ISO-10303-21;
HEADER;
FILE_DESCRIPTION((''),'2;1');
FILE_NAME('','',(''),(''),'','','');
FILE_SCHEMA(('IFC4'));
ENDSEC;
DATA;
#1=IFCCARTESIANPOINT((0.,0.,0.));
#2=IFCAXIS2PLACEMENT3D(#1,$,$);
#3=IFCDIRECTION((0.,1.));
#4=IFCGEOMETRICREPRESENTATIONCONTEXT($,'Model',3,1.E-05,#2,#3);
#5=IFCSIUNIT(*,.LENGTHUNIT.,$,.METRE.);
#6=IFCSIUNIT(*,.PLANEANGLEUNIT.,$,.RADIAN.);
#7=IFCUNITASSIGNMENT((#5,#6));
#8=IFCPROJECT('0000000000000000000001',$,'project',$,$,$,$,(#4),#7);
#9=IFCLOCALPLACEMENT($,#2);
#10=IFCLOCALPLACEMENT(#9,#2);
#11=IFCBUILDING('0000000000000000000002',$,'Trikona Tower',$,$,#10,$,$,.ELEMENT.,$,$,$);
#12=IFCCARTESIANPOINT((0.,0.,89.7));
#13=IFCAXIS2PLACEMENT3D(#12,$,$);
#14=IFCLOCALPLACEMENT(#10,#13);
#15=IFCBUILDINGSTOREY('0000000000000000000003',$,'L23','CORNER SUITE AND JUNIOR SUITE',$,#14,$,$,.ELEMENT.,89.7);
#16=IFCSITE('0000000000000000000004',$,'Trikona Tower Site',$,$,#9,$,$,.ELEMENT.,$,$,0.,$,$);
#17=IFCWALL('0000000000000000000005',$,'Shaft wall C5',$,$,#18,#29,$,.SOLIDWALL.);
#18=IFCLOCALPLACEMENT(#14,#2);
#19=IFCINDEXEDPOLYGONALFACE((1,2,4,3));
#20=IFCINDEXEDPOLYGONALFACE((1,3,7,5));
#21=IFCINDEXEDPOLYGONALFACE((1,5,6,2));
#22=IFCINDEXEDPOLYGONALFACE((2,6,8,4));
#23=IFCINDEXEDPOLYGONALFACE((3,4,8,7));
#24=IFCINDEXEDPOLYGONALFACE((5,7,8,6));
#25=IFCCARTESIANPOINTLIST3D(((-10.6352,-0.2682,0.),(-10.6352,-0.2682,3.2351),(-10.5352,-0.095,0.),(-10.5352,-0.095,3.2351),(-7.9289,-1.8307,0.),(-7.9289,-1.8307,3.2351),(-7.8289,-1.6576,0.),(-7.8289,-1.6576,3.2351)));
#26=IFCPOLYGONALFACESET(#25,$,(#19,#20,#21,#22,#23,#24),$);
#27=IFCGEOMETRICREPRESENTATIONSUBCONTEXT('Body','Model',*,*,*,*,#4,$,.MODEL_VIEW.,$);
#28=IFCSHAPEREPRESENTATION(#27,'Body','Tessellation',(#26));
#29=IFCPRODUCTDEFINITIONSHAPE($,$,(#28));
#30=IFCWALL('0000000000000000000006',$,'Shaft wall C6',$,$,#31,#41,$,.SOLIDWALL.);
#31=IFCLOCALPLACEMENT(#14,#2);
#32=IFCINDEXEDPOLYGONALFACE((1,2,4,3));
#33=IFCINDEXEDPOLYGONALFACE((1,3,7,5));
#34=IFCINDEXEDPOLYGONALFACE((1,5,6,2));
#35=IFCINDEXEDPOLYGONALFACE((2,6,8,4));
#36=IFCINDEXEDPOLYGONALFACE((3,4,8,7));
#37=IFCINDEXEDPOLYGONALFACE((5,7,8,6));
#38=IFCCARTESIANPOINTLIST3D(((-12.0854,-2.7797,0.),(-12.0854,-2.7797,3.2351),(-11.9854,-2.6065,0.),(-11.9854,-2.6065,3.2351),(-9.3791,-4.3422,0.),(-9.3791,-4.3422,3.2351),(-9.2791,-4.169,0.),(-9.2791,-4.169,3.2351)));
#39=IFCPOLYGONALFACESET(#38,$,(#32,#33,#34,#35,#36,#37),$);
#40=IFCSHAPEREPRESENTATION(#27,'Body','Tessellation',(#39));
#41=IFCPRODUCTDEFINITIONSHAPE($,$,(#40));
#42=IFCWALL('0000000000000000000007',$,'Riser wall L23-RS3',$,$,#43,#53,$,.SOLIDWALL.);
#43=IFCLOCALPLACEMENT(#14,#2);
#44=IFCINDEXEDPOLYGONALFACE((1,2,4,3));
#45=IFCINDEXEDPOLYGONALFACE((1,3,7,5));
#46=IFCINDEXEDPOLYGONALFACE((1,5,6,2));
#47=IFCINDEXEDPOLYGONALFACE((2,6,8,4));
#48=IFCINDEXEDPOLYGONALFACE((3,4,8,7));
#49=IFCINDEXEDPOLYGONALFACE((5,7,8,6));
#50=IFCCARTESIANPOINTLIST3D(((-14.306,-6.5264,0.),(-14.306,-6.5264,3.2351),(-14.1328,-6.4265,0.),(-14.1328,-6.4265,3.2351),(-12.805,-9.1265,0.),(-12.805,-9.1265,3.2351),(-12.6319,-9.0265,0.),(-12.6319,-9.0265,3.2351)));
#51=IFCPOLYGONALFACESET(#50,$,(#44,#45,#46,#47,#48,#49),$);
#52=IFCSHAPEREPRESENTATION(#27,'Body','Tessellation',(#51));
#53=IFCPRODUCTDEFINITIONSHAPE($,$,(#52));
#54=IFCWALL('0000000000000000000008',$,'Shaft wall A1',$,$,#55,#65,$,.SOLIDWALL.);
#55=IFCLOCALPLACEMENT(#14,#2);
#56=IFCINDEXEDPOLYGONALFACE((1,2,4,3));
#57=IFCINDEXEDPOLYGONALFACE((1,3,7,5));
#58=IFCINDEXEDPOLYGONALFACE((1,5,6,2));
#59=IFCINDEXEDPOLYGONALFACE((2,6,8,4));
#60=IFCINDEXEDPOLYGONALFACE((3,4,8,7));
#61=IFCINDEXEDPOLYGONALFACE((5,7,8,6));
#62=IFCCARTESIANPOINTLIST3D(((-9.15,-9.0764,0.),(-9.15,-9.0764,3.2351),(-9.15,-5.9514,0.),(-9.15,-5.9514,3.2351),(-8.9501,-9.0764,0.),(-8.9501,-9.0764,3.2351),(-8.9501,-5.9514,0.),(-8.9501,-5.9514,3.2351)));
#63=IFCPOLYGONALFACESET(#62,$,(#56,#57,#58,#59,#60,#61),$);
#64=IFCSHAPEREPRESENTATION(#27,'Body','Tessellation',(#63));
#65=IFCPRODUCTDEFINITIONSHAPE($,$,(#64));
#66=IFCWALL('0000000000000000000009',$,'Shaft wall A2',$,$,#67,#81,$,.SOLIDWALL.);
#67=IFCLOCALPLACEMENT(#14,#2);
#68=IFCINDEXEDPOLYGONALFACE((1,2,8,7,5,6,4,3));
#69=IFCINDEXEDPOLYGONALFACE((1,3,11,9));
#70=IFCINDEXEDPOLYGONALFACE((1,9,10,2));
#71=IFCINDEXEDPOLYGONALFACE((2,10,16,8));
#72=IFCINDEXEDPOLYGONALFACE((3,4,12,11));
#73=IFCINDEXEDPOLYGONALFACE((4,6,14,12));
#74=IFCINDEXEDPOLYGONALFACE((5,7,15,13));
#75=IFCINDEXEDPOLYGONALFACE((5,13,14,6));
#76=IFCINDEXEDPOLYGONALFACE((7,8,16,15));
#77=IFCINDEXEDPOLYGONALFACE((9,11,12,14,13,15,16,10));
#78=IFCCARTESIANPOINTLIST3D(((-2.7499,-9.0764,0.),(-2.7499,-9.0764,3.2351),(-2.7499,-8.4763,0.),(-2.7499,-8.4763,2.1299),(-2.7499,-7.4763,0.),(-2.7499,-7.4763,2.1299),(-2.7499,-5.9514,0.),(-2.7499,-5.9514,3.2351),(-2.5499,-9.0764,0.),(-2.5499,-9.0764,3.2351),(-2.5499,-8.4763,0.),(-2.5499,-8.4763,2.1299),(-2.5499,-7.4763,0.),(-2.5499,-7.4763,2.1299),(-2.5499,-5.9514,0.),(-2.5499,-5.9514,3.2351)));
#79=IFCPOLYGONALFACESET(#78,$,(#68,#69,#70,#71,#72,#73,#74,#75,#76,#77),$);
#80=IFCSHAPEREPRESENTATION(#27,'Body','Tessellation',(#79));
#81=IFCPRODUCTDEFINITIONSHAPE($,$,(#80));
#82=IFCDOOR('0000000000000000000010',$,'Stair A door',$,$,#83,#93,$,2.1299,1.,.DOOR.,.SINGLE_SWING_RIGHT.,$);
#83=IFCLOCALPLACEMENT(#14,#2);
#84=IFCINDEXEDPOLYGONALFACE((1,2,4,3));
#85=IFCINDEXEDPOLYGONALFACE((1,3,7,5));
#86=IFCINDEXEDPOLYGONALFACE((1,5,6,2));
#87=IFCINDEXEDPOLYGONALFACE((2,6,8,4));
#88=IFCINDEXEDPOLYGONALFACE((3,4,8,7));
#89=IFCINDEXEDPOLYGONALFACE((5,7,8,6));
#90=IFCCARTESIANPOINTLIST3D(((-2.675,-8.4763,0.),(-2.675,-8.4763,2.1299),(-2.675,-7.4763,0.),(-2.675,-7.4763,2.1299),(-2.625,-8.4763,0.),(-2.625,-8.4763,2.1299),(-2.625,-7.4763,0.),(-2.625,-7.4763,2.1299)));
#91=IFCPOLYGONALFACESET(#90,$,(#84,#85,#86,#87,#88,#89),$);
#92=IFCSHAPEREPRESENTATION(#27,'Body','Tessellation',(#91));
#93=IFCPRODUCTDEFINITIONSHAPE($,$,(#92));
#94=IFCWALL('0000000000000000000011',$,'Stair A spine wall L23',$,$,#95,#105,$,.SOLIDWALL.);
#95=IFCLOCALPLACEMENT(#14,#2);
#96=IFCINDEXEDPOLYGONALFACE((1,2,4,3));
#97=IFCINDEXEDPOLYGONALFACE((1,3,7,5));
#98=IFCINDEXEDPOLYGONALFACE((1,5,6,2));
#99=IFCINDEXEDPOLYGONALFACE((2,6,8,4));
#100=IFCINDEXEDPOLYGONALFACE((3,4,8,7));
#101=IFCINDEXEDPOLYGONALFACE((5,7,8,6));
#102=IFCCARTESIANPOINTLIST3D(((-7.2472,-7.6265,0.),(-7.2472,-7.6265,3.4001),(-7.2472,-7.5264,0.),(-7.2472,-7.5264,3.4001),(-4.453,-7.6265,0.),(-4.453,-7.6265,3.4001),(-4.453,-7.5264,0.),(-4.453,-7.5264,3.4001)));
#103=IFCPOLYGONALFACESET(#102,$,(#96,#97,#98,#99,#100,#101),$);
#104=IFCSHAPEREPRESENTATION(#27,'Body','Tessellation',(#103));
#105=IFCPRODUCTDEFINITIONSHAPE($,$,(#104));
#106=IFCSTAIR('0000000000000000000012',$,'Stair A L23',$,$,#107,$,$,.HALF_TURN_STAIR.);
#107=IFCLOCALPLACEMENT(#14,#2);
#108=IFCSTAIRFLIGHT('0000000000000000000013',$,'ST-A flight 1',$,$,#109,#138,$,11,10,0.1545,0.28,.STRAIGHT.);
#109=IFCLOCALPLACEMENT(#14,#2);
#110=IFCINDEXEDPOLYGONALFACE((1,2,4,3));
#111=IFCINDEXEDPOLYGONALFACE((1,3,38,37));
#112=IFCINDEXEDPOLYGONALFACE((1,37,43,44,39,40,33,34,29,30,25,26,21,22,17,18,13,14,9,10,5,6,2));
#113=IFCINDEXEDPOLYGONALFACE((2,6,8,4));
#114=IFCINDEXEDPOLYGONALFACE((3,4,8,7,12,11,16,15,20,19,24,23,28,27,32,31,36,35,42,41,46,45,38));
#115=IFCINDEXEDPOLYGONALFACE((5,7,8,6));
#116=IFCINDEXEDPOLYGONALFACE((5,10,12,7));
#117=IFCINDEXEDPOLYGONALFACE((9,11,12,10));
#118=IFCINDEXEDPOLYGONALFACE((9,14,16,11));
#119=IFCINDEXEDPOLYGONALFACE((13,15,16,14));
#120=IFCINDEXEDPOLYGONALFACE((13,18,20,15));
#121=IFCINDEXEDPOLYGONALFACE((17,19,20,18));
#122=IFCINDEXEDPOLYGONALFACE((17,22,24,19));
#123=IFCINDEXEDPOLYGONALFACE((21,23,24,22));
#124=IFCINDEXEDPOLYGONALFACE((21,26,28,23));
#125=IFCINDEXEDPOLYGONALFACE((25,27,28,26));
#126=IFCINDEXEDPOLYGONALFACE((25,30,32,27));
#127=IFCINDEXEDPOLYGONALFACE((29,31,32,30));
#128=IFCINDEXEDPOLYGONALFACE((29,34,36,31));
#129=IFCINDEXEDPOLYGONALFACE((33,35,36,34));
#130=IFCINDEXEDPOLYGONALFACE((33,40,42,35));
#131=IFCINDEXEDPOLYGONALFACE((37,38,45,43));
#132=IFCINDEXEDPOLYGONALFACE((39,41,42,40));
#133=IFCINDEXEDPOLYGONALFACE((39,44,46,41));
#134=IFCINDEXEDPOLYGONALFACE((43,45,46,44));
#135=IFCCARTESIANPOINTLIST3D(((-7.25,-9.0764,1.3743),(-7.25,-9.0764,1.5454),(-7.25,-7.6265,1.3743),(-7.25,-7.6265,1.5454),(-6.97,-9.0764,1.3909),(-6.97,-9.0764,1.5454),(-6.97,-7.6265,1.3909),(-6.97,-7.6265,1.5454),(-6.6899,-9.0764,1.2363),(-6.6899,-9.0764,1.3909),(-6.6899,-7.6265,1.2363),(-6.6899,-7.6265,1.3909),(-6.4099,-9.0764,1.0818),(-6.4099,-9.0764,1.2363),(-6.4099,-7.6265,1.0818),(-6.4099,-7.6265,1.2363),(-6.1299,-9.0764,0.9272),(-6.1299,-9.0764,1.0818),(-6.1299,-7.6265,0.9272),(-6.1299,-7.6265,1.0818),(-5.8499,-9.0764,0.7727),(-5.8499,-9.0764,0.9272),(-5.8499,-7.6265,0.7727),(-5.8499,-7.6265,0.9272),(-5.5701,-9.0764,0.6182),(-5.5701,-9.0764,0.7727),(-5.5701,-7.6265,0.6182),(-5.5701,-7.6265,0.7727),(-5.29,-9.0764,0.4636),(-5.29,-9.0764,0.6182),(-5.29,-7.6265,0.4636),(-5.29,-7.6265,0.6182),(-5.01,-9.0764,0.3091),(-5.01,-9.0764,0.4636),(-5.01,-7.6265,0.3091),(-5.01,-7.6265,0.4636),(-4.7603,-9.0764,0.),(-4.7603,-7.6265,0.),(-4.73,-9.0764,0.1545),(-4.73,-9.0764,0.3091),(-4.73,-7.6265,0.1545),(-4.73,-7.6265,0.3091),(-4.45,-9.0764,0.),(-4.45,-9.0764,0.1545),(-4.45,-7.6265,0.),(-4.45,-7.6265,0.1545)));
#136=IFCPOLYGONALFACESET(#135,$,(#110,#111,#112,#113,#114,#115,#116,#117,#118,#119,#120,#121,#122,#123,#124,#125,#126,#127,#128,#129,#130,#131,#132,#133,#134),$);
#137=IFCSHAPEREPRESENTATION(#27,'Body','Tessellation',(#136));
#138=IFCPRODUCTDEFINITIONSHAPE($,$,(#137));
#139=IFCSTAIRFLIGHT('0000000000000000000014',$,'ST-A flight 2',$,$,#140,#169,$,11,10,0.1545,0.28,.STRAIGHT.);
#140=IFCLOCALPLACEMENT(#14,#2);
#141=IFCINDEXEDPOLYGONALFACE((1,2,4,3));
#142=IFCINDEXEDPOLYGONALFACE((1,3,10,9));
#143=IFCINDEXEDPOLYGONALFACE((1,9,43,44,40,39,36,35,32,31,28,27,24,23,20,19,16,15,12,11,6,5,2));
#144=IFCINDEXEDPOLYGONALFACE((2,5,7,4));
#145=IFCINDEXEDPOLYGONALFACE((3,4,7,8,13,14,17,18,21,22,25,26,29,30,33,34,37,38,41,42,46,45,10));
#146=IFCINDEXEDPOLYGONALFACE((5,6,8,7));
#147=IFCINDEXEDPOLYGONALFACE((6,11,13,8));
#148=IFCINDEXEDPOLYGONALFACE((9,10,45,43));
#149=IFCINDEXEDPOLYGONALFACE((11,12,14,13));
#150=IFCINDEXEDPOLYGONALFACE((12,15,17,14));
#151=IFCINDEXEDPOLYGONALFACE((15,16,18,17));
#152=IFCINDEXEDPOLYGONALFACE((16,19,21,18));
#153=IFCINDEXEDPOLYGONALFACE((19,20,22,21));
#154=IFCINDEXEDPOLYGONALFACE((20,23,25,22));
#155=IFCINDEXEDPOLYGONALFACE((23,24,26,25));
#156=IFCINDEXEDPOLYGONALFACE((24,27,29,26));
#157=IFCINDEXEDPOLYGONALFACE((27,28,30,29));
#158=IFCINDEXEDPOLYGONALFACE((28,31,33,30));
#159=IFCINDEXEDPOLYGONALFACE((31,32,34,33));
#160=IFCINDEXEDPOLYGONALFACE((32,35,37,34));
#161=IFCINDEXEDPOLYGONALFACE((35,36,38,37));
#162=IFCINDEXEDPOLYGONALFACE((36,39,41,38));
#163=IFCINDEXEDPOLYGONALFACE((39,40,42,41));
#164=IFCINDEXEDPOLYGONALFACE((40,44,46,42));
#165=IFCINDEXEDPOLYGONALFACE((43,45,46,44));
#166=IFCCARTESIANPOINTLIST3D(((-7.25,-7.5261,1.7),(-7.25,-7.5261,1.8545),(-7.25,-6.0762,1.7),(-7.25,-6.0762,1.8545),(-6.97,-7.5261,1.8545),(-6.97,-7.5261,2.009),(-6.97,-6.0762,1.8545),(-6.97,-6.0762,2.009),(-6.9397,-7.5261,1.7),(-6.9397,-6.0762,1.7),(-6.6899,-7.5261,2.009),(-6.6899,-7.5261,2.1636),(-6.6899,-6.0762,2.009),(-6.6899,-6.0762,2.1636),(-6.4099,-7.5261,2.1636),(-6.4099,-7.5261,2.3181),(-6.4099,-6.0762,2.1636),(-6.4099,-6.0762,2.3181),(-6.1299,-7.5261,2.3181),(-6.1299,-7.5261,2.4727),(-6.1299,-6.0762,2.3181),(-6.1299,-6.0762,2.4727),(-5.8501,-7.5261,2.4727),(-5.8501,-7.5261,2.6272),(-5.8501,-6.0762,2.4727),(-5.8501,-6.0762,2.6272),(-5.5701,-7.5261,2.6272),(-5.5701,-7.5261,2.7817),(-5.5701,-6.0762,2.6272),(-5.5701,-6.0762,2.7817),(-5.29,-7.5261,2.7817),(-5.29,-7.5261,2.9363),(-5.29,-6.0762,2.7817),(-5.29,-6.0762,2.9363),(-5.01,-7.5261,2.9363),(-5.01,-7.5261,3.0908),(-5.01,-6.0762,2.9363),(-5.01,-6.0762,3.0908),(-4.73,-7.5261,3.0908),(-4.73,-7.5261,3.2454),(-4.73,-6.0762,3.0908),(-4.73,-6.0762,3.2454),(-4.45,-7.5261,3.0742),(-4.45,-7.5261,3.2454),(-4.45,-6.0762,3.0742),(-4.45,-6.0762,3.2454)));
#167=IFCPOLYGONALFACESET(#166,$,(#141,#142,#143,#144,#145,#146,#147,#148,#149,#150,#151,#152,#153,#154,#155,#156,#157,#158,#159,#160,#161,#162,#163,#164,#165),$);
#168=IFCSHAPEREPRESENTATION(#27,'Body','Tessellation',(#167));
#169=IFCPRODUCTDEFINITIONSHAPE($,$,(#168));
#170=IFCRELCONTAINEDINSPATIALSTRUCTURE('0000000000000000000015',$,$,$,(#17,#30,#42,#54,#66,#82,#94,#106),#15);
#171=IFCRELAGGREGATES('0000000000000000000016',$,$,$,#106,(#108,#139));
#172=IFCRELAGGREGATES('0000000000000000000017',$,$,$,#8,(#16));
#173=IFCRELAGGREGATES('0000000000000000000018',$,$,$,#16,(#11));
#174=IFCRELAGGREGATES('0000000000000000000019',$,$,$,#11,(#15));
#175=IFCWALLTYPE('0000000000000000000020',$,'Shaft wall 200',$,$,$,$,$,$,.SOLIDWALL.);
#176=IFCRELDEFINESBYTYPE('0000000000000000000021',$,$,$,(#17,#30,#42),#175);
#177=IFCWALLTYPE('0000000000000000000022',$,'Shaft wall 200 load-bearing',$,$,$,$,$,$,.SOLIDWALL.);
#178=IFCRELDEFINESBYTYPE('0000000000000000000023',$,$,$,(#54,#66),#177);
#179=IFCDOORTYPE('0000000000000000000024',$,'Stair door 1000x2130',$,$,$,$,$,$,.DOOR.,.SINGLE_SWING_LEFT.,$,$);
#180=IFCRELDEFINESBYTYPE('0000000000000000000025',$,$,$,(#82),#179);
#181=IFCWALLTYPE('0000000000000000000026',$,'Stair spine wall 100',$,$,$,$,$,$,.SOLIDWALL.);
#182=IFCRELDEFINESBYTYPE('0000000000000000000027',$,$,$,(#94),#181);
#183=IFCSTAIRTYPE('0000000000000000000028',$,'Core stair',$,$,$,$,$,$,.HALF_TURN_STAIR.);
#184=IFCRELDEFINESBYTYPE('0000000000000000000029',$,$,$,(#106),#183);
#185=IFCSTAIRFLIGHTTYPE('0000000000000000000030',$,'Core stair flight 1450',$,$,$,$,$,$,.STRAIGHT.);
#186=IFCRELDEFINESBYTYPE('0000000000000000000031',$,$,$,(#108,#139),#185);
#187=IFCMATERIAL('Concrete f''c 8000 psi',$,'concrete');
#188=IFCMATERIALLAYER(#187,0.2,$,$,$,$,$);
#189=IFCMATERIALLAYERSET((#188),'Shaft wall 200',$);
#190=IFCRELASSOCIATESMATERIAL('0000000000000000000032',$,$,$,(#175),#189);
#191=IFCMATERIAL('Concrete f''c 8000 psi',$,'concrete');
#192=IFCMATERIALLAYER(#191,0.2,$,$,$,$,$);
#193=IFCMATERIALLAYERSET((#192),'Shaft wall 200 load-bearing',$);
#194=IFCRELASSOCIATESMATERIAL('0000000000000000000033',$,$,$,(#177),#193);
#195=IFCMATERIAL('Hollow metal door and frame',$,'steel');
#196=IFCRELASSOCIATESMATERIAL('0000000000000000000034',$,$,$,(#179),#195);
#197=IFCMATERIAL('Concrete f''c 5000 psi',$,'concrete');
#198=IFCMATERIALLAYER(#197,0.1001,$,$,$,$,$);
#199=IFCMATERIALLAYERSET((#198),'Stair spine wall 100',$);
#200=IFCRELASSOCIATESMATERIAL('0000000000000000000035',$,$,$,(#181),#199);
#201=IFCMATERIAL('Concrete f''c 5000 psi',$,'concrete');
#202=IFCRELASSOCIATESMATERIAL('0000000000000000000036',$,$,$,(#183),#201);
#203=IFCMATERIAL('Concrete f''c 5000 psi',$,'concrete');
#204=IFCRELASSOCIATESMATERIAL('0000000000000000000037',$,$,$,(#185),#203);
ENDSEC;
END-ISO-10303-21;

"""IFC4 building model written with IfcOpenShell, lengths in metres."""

from ifc_helpers import new_model, si_unit, direction, frame, frame_2d, origin, place, context, subcontext, project, spatial, polyline, rectangle, outline, extrude, material, layer, layer_set, type_object, element, fill, aggregate, save


model = new_model("IFC4")

# Units and contexts
model_context = context("Model", 3, precision=1e-05, world=origin(), true_north=direction((0.0, 1.0)))
body_context = subcontext(model_context, "Body", "Model", "MODEL_VIEW")
ifc_project = project(units=[si_unit("LENGTHUNIT", "METRE"), si_unit("PLANEANGLEUNIT", "RADIAN")], contexts=[model_context])

# Site, building, storey
site_placement = place(None, origin())
site = spatial("IfcSite", under=ifc_project, at=site_placement, Name="Trikona Tower Site", CompositionType="ELEMENT", RefElevation=0.0)
building_placement = place(site_placement, origin())
building = spatial("IfcBuilding", under=site, at=building_placement, Name="Trikona Tower", CompositionType="ELEMENT")
storey_placement = place(building_placement, frame((0.0, 0.0, 89.7)))
storey = spatial("IfcBuildingStorey", under=building, at=storey_placement, Name="L23", Description="CORNER SUITE AND JUNIOR SUITE", CompositionType="ELEMENT", Elevation=89.7)

# Walls
ifc_material_1 = material(Name="Concrete f'c 8000 psi", Category="concrete")
ifc_layer_1 = layer(ifc_material_1, 0.2)
ifc_layer_set_1 = layer_set([ifc_layer_1], Name="Shaft wall 200")
wall_type_1 = type_object("IfcWallType", Name="Shaft wall 200", PredefinedType="SOLIDWALL", material=ifc_layer_set_1)
for number, where, z_axis, x_axis, name in (
    (1, (-7.8789, -1.7441, 0.0), (0.0, 0.0, 1.0), (-0.866023, 0.500004, 0.0), "Shaft wall C5"),
    (2, (-9.3291, -4.2556, 0.0), (0.0, 0.0, 1.0), (-0.866023, 0.500004, 0.0), "Shaft wall C6"),
):
    element("IfcWall", number, at=place(storey_placement, frame(where, z_axis=z_axis, x_axis=x_axis)), inside=storey, type_object=wall_type_1, Name=name, PredefinedType="SOLIDWALL", context=body_context, shape_type="SweptSolid", body=[
        extrude(rectangle(XDim=3.125, YDim=0.2, at=frame_2d((1.5625, 0.0))), origin(), (0.0, 0.0, 1.0), 3.2351),
    ])
wall_1_placement = place(storey_placement, frame((-12.7185, -9.0764, 0.0), z_axis=(0.0, 0.0, 1.0), x_axis=(-0.499952, 0.866053, 0.0)))
element("IfcWall", 3, at=wall_1_placement, inside=storey, type_object=wall_type_1, Name="Riser wall L23-RS3", PredefinedType="SOLIDWALL", context=body_context, shape_type="SweptSolid", body=[
    extrude(rectangle(XDim=3.0022, YDim=0.2, at=frame_2d((1.501, 0.0))), origin(), (0.0, 0.0, 1.0), 3.2351),
])
ifc_material_2 = material(Name="Concrete f'c 8000 psi", Category="concrete")
ifc_layer_2 = layer(ifc_material_2, 0.2)
ifc_layer_set_2 = layer_set([ifc_layer_2], Name="Shaft wall 200 load-bearing")
wall_type_2 = type_object("IfcWallType", Name="Shaft wall 200 load-bearing", PredefinedType="SOLIDWALL", material=ifc_layer_set_2)
wall_2_placement = place(storey_placement, frame((-9.05, -5.9514, 0.0), z_axis=(0.0, 0.0, 1.0), x_axis=(0.0, -1.0, 0.0)))
element("IfcWall", 4, at=wall_2_placement, inside=storey, type_object=wall_type_2, Name="Shaft wall A1", PredefinedType="SOLIDWALL", context=body_context, shape_type="SweptSolid", body=[
    extrude(rectangle(XDim=3.125, YDim=0.2, at=frame_2d((1.5625, 0.0))), origin(), (0.0, 0.0, 1.0), 3.2351),
])

# Wall, opening, door
wall_3_placement = place(storey_placement, frame((-2.6499, -5.9514, 0.0), z_axis=(0.0, 0.0, 1.0), x_axis=(0.0, -1.0, 0.0)))
wall_3 = element("IfcWall", 5, at=wall_3_placement, inside=storey, type_object=wall_type_2, Name="Shaft wall A2", PredefinedType="SOLIDWALL", context=body_context, shape_type="SweptSolid", body=[
    extrude(rectangle(XDim=3.125, YDim=0.2, at=frame_2d((1.5625, 0.0))), origin(), (0.0, 0.0, 1.0), 3.2351),
])
opening_1_placement = place(wall_3_placement, frame((1.5249, 0.0, 0.0)))
opening_1 = element("IfcOpeningElement", 6, at=opening_1_placement, cuts=wall_3, PredefinedType="OPENING", context=body_context, shape_type="SweptSolid", body=[
    extrude(rectangle(XDim=1.0, YDim=2.1299, at=frame_2d((0.5, 1.0649))), frame((0.0, 0.1099, 0.0), z_axis=(0.0, -1.0, 0.0), x_axis=(1.0, 0.0, 0.0)), (0.0, 0.0, 1.0), 0.22),
])
ifc_material_3 = material(Name="Hollow metal door and frame", Category="steel")
door_type_1 = type_object("IfcDoorType", Name="Stair door 1000x2130", OperationType="SINGLE_SWING_LEFT", PredefinedType="DOOR", material=ifc_material_3)
door_1_placement = place(opening_1_placement, origin())
door_1 = element("IfcDoor", 7, at=door_1_placement, inside=storey, type_object=door_type_1, Name="Stair A door", OperationType="SINGLE_SWING_RIGHT", OverallHeight=2.1299, OverallWidth=1.0, PredefinedType="DOOR", context=body_context, shape_type="SweptSolid", body=[
    extrude(rectangle(XDim=1.0, YDim=2.1299, at=frame_2d((0.5, 1.0649))), frame((0.0, 0.0249, 0.0), z_axis=(0.0, -1.0, 0.0), x_axis=(1.0, 0.0, 0.0)), (0.0, 0.0, 1.0), 0.05),
])
fill(opening_1, door_1)

# Wall
ifc_material_4 = material(Name="Concrete f'c 5000 psi", Category="concrete")
ifc_layer_3 = layer(ifc_material_4, 0.1001)
ifc_layer_set_3 = layer_set([ifc_layer_3], Name="Stair spine wall 100")
wall_type_3 = type_object("IfcWallType", Name="Stair spine wall 100", PredefinedType="SOLIDWALL", material=ifc_layer_set_3)
wall_4_placement = place(storey_placement, frame((-7.2471, -7.5764, 0.0), z_axis=(0.0, 0.0, 1.0), x_axis=(1.0, 0.0, 0.0)))
element("IfcWall", 8, at=wall_4_placement, inside=storey, type_object=wall_type_3, Name="Stair A spine wall L23", PredefinedType="SOLIDWALL", context=body_context, shape_type="SweptSolid", body=[
    extrude(rectangle(XDim=2.7942, YDim=0.1001, at=frame_2d((1.397, 0.0))), origin(), (0.0, 0.0, 1.0), 3.4001),
])

# Stair, stair flights
ifc_material_5 = material(Name="Concrete f'c 5000 psi", Category="concrete")
stair_type = type_object("IfcStairType", Name="Core stair", PredefinedType="HALF_TURN_STAIR", material=ifc_material_5)
stair_placement = place(storey_placement, origin())
stair = element("IfcStair", 9, at=stair_placement, inside=storey, type_object=stair_type, Name="Stair A L23", PredefinedType="HALF_TURN_STAIR")
ifc_material_6 = material(Name="Concrete f'c 5000 psi", Category="concrete")
stair_flight_type = type_object("IfcStairFlightType", Name="Core stair flight 1450", PredefinedType="STRAIGHT", material=ifc_material_6)
stair_flight_1_placement = place(storey_placement, frame((-4.45, -8.3513, 0.0), z_axis=(0.0, 0.0, 1.0), x_axis=(-1.0, 0.0, 0.0)))
stair_flight_1 = element("IfcStairFlight", 10, at=stair_flight_1_placement, type_object=stair_flight_type, Name="ST-A flight 1", NumberOfRisers=11, NumberOfTreads=10, PredefinedType="STRAIGHT", RiserHeight=0.1545, TreadLength=0.28, context=body_context, shape_type="SweptSolid", body=[
    extrude(outline(polyline([(0.0, 0.0), (0.0, 0.1545), (0.28, 0.1545), (0.28, 0.3091), (0.5601, 0.3091), (0.5601, 0.4636), (0.8401, 0.4636), (0.8401, 0.6182), (1.1201, 0.6182), (1.1201, 0.7727), (1.3999, 0.7727), (1.3999, 0.9272), (1.6799, 0.9272), (1.6799, 1.0818), (1.96, 1.0818), (1.96, 1.2363), (2.24, 1.2363), (2.24, 1.3909), (2.52, 1.3909), (2.52, 1.5454), (2.8, 1.5454), (2.8, 1.7), (2.8, 1.3743), (0.3103, 0.0), (0.0, 0.0)])), frame((0.0, 0.7251, 0.0), z_axis=(0.0, -1.0, 0.0), x_axis=(1.0, 0.0, 0.0)), (0.0, 0.0, 1.0), 1.45),
])
stair_flight_2_placement = place(storey_placement, frame((-7.25, -6.8013, 1.7), z_axis=(0.0, 0.0, 1.0), x_axis=(1.0, 0.0, 0.0)))
stair_flight_2 = element("IfcStairFlight", 11, at=stair_flight_2_placement, type_object=stair_flight_type, Name="ST-A flight 2", NumberOfRisers=11, NumberOfTreads=10, PredefinedType="STRAIGHT", RiserHeight=0.1545, TreadLength=0.28, context=body_context, shape_type="SweptSolid", body=[
    extrude(outline(polyline([(0.0, 0.0), (0.0, 0.1545), (0.28, 0.1545), (0.28, 0.3091), (0.5601, 0.3091), (0.5601, 0.4636), (0.8401, 0.4636), (0.8401, 0.6182), (1.1201, 0.6182), (1.1201, 0.7727), (1.3999, 0.7727), (1.3999, 0.9272), (1.6799, 0.9272), (1.6799, 1.0818), (1.96, 1.0818), (1.96, 1.2363), (2.24, 1.2363), (2.24, 1.3909), (2.52, 1.3909), (2.52, 1.5454), (2.8, 1.5454), (2.8, 1.7), (2.8, 1.3743), (0.3103, 0.0), (0.0, 0.0)])), frame((0.0, 0.7251, 0.0), z_axis=(0.0, -1.0, 0.0), x_axis=(1.0, 0.0, 0.0)), (0.0, 0.0, 1.0), 1.45),
])
aggregate(stair, [stair_flight_1, stair_flight_2])

save(model, "model.ifc")
